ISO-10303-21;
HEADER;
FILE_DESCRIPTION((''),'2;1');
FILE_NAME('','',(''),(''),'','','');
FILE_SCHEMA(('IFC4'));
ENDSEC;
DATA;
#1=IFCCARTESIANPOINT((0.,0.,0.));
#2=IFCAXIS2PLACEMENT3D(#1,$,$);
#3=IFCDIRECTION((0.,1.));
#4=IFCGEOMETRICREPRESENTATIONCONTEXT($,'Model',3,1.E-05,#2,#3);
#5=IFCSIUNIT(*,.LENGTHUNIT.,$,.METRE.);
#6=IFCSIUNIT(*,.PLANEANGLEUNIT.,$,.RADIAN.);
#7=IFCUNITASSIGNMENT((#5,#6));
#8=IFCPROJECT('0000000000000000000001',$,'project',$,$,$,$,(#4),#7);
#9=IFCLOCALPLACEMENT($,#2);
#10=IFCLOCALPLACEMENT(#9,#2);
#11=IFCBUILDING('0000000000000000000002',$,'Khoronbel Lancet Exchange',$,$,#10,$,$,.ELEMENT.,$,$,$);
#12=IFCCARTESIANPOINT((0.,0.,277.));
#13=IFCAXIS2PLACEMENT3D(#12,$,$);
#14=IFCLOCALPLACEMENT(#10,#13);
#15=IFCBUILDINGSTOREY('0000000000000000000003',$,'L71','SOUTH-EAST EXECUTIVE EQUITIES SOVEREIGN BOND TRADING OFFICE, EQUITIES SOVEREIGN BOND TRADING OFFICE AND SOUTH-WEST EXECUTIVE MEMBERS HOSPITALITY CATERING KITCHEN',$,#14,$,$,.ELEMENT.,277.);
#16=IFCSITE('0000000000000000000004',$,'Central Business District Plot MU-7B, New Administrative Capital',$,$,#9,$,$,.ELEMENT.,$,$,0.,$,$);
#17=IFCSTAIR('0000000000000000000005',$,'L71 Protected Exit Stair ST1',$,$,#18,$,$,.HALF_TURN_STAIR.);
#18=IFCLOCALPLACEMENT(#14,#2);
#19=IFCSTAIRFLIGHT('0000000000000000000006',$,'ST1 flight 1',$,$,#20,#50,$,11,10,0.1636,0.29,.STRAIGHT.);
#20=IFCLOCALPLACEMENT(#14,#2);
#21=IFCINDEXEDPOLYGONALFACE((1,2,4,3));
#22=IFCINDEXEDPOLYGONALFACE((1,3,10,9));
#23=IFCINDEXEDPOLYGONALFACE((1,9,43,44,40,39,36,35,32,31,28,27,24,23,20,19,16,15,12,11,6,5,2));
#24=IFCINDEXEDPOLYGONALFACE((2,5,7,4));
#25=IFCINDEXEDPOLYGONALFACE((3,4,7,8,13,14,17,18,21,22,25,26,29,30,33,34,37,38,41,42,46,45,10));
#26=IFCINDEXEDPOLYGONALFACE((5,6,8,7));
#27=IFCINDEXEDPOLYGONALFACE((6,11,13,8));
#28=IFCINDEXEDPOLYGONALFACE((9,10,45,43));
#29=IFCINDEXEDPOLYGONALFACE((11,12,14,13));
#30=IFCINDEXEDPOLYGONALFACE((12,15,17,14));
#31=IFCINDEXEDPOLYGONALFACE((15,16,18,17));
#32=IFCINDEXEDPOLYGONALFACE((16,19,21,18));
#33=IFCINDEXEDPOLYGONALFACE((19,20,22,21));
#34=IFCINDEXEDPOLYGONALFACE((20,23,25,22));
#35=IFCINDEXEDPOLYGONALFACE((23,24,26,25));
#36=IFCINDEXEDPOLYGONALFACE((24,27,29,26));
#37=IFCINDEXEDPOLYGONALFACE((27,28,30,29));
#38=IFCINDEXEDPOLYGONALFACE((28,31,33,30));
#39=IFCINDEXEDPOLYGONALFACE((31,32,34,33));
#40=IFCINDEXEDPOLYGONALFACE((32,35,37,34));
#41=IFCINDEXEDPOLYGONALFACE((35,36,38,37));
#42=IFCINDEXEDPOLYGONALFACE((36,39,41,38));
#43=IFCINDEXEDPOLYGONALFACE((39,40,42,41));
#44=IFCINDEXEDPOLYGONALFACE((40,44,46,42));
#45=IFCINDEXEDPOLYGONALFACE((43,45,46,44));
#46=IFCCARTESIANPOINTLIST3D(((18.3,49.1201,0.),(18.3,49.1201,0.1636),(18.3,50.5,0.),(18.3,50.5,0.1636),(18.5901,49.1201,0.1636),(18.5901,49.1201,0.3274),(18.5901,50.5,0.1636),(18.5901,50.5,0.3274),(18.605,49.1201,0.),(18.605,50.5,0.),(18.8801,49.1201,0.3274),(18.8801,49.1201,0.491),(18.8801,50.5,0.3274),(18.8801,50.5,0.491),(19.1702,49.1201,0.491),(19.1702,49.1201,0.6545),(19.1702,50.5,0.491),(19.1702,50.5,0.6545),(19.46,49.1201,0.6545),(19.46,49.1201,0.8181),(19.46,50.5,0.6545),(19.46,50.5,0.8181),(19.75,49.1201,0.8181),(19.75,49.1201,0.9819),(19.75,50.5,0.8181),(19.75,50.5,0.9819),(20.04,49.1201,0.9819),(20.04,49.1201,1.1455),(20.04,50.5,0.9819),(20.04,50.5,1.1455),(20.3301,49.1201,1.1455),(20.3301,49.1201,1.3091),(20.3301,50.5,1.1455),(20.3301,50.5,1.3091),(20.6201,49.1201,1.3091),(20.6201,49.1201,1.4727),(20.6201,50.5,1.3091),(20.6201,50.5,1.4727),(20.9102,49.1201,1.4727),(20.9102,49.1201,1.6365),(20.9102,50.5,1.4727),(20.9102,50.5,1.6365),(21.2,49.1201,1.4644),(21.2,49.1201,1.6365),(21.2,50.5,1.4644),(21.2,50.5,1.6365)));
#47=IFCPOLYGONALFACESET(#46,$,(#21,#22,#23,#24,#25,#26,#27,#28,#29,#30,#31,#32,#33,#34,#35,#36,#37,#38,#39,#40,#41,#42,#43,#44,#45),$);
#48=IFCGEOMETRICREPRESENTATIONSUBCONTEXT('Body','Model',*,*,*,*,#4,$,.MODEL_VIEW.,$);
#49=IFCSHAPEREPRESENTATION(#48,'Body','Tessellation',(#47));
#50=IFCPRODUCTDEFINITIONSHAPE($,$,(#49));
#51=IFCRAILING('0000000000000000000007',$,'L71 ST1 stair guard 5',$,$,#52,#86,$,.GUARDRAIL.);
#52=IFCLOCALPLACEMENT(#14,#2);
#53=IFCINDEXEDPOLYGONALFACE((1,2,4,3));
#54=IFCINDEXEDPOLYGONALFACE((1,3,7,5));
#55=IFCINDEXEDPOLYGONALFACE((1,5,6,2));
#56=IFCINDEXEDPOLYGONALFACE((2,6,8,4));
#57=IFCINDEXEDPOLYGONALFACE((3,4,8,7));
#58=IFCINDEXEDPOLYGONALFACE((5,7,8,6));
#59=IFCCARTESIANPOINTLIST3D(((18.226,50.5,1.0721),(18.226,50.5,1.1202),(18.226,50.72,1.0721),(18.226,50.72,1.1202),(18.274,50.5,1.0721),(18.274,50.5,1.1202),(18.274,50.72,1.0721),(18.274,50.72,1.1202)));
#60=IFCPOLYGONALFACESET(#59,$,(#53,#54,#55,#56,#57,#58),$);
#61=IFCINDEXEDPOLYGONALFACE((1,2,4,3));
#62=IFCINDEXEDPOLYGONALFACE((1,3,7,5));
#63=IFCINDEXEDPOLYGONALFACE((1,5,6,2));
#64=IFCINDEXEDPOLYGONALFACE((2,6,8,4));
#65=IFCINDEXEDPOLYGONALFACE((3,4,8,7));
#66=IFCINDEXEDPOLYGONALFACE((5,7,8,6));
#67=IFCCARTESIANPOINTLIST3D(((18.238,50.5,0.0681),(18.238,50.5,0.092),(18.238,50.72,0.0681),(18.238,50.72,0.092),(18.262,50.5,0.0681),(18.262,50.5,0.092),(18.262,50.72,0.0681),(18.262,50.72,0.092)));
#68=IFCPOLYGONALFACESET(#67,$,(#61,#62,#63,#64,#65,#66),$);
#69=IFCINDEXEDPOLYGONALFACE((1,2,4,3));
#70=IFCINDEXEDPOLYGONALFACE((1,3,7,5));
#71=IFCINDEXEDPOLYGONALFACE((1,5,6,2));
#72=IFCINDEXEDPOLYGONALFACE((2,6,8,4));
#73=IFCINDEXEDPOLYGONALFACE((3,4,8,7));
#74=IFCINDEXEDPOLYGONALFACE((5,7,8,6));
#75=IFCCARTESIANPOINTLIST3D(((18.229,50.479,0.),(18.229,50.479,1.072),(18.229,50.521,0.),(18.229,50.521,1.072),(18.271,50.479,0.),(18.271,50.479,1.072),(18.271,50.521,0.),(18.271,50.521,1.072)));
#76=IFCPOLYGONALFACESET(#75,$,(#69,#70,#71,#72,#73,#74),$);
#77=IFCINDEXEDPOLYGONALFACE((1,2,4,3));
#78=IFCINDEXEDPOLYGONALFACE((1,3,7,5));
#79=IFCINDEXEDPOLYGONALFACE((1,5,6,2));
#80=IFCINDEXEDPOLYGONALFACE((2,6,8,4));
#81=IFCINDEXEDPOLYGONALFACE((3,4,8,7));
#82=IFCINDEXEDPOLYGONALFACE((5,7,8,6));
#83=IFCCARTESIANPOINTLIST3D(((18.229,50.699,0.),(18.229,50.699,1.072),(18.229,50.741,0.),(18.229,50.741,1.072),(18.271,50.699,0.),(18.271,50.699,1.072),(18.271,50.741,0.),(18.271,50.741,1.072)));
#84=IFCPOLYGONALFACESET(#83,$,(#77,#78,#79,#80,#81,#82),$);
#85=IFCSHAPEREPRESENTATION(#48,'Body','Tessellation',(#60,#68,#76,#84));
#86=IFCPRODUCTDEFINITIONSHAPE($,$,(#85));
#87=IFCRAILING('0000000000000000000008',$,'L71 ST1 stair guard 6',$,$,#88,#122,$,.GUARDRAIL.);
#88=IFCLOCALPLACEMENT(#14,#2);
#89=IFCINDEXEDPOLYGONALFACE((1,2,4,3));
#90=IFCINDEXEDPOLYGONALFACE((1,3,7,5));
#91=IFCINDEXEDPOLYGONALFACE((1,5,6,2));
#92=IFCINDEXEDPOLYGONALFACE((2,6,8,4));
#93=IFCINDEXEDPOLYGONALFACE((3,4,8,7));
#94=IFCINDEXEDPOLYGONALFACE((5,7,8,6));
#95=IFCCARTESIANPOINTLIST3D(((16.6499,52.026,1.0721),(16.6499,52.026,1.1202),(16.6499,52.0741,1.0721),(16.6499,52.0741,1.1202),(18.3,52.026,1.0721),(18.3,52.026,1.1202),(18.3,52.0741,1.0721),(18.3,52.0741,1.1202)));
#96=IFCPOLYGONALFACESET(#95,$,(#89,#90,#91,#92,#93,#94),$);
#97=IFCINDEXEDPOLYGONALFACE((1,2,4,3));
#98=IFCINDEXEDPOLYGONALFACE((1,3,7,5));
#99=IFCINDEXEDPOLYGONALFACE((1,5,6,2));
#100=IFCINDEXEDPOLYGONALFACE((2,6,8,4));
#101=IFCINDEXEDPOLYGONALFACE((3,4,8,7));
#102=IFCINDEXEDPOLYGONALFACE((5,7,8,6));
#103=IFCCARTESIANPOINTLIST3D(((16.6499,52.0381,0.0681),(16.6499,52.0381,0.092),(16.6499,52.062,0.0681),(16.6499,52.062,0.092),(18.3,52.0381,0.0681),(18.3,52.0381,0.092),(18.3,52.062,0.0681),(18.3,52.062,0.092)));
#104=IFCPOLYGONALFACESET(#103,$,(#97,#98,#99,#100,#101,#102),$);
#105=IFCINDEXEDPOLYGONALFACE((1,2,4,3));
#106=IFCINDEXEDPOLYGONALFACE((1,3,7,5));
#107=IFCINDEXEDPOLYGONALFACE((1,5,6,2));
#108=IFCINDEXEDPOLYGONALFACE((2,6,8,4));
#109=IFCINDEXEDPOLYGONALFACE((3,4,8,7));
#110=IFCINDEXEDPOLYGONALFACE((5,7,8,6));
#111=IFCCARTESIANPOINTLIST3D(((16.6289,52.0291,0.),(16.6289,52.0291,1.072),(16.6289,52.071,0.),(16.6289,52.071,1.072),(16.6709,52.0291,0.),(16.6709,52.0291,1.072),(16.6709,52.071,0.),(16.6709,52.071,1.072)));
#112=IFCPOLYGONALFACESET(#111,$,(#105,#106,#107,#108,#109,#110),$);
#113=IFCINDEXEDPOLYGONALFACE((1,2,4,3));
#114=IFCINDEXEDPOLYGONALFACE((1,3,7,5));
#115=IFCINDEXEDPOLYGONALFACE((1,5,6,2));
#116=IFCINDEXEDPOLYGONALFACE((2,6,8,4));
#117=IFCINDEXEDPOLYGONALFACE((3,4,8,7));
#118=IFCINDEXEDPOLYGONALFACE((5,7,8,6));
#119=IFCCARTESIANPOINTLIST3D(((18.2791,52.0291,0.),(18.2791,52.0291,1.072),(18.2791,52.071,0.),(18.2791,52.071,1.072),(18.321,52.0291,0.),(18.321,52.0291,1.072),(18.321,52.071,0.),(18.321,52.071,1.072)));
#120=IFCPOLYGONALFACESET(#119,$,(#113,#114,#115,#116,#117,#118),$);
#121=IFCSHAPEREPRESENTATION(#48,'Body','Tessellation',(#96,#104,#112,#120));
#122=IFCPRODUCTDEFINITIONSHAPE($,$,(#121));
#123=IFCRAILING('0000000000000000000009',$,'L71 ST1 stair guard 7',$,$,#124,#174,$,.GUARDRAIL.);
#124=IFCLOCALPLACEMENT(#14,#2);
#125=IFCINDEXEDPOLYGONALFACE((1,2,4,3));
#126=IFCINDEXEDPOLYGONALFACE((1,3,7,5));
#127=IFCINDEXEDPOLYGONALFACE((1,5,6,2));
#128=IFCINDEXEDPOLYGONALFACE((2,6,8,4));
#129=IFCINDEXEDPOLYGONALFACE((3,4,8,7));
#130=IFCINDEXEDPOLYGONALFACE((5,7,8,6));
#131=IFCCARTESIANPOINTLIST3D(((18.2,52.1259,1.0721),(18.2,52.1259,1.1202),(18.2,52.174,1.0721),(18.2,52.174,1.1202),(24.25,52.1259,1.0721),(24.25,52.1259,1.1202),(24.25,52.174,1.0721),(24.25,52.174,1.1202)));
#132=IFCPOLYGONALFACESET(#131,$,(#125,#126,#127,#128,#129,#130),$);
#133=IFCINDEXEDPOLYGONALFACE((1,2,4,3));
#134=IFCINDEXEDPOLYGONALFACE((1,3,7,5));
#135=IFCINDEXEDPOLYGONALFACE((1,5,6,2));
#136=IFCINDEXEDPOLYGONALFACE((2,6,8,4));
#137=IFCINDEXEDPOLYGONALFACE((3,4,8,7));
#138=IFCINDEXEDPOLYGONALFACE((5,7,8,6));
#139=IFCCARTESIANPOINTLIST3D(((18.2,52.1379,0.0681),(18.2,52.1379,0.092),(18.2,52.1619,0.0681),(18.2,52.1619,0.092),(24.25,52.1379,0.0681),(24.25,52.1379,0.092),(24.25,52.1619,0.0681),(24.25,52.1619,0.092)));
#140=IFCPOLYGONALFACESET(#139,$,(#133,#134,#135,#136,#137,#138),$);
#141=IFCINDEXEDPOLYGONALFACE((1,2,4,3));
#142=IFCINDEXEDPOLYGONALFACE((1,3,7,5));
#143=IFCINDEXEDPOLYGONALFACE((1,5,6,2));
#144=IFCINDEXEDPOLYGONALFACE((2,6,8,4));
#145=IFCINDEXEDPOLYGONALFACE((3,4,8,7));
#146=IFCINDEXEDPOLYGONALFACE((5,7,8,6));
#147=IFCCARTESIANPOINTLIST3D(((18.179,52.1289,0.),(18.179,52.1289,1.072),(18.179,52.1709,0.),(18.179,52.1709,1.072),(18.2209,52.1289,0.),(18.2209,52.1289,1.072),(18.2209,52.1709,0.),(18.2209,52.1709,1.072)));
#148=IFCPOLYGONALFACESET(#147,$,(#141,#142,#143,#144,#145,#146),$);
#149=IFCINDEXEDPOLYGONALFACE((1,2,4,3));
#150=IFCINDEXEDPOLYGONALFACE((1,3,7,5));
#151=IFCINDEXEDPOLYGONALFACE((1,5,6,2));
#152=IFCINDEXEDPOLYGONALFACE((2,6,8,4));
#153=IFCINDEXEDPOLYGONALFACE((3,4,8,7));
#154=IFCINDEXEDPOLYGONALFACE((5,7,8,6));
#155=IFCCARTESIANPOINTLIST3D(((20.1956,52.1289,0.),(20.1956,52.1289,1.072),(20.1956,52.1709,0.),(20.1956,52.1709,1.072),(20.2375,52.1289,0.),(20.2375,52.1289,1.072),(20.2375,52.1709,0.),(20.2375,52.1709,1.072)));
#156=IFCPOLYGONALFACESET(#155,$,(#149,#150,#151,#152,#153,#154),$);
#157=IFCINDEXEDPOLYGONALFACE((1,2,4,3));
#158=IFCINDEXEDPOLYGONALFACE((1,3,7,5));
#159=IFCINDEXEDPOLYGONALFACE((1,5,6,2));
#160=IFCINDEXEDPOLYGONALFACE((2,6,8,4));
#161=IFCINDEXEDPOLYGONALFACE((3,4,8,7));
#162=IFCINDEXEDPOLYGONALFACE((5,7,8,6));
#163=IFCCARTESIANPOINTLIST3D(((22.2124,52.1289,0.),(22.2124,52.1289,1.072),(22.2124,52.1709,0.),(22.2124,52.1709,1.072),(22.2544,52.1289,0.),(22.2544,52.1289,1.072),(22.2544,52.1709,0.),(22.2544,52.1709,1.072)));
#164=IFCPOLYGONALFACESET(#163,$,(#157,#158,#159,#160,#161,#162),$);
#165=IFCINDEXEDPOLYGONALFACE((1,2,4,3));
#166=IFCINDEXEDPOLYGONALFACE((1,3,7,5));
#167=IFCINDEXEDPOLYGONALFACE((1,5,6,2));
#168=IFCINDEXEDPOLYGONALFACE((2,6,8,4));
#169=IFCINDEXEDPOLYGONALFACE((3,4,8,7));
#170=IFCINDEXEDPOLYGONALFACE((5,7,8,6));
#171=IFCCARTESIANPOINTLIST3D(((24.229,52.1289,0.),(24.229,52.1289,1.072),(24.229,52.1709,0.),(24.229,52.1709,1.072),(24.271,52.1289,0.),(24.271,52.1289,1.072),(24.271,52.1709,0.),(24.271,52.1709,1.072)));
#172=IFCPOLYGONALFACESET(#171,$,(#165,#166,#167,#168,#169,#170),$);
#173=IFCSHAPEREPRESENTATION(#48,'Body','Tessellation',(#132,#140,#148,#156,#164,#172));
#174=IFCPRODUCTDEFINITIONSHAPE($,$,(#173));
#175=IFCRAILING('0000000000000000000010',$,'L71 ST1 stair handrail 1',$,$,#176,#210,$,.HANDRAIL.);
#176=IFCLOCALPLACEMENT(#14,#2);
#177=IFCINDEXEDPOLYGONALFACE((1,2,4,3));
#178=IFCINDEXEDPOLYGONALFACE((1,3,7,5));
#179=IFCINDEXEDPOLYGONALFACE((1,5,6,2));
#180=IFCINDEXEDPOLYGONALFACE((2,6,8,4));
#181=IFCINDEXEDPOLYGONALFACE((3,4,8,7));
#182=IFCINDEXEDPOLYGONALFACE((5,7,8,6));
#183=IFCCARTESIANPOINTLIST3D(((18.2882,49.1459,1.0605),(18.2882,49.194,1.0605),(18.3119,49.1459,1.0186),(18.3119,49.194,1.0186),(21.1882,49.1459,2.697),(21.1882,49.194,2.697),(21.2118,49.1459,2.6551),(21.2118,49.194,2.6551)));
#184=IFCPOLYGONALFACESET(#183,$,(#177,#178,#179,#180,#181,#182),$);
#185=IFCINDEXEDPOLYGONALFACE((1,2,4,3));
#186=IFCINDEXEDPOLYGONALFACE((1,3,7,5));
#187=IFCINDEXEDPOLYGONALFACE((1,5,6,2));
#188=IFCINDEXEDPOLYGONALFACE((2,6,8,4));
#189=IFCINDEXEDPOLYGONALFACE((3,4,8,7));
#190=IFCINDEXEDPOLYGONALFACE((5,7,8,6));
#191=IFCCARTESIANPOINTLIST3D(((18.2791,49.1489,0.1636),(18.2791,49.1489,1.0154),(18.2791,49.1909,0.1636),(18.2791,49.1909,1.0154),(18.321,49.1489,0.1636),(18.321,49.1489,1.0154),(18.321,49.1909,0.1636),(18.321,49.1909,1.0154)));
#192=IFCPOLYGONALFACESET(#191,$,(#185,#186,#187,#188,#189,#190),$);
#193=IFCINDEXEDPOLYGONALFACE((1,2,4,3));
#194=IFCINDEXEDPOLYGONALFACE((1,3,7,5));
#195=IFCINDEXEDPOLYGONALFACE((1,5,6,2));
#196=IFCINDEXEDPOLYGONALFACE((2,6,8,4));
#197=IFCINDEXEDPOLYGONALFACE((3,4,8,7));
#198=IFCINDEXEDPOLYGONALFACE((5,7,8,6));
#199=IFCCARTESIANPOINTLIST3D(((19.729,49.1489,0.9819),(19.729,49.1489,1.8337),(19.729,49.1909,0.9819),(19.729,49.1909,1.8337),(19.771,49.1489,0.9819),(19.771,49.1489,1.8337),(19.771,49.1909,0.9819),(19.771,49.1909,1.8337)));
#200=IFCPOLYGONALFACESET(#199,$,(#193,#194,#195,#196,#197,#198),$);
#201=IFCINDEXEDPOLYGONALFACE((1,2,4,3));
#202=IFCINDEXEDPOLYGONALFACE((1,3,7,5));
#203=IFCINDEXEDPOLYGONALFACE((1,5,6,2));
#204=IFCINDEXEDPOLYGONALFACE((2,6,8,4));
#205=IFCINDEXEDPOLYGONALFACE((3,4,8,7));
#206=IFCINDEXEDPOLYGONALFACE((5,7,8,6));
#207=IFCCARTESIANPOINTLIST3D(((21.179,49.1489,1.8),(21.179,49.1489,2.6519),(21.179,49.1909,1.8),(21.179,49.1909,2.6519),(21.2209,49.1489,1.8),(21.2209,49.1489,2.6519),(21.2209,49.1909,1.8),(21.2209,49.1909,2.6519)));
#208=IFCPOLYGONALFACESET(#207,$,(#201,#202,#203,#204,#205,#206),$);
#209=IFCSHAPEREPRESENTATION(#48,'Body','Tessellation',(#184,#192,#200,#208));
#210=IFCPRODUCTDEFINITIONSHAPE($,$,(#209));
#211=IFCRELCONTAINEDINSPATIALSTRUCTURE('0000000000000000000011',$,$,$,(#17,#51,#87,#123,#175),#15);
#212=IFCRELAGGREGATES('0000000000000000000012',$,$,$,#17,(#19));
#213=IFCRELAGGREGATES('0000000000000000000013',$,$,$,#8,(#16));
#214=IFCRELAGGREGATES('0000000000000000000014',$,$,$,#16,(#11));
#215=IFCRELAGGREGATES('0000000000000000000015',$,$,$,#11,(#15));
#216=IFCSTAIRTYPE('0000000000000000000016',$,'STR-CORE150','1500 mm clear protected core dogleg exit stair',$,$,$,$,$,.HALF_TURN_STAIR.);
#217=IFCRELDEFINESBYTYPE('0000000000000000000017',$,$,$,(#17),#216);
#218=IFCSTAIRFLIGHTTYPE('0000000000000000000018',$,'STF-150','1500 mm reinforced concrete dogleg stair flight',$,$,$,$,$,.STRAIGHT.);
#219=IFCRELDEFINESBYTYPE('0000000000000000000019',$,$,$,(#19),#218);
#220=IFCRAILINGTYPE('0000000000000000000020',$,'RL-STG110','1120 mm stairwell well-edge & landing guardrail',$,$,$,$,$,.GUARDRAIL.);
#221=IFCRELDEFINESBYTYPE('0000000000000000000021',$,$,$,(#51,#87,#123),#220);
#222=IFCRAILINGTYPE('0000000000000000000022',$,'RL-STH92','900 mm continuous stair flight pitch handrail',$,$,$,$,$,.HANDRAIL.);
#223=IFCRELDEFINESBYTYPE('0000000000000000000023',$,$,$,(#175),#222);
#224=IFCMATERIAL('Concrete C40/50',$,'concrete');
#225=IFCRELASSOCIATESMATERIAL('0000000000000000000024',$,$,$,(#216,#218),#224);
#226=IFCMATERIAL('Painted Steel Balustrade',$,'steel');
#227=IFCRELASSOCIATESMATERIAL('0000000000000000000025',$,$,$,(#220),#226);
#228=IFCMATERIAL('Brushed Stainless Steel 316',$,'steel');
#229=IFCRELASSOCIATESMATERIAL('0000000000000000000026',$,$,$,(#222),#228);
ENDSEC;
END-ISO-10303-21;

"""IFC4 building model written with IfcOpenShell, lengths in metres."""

from ifc_helpers import new_model, si_unit, direction, frame, origin, origin_2d, place, context, subcontext, project, spatial, polyline, rectangle, outline, extrude, material, type_object, element, aggregate, save


model = new_model("IFC4")

# Units and contexts
model_context = context("Model", 3, precision=1e-05, world=origin(), true_north=direction((0.0, 1.0)))
body_context = subcontext(model_context, "Body", "Model", "MODEL_VIEW")
ifc_project = project(units=[si_unit("LENGTHUNIT", "METRE"), si_unit("PLANEANGLEUNIT", "RADIAN")], contexts=[model_context])

# Site, building, storey
site_placement = place(None, origin())
site = spatial("IfcSite", under=ifc_project, at=site_placement, Name="Central Business District Plot MU-7B, New Administrative Capital", CompositionType="ELEMENT", RefElevation=0.0)
building_placement = place(site_placement, origin())
building = spatial("IfcBuilding", under=site, at=building_placement, Name="Khoronbel Lancet Exchange", CompositionType="ELEMENT")
storey_placement = place(building_placement, frame((0.0, 0.0, 277.0)))
storey = spatial("IfcBuildingStorey", under=building, at=storey_placement, Name="L71", Description="SOUTH-EAST EXECUTIVE EQUITIES SOVEREIGN BOND TRADING OFFICE, EQUITIES SOVEREIGN BOND TRADING OFFICE AND SOUTH-WEST EXECUTIVE MEMBERS HOSPITALITY CATERING KITCHEN", CompositionType="ELEMENT", Elevation=277.0)

# Stair, stair flight
ifc_material_1 = material(Name="Concrete C40/50", Category="concrete")
stair_type = type_object("IfcStairType", Name="STR-CORE150", Description="1500 mm clear protected core dogleg exit stair", PredefinedType="HALF_TURN_STAIR", material=ifc_material_1)
stair_placement = place(storey_placement, origin())
stair = element("IfcStair", 1, at=stair_placement, inside=storey, type_object=stair_type, Name="L71 Protected Exit Stair ST1", PredefinedType="HALF_TURN_STAIR")
stair_flight_type = type_object("IfcStairFlightType", Name="STF-150", Description="1500 mm reinforced concrete dogleg stair flight", PredefinedType="STRAIGHT", material=ifc_material_1)
stair_flight_placement = place(storey_placement, frame((18.3, 49.8101, 0.0), z_axis=(0.0, 0.0, 1.0), x_axis=(1.0, 0.0, 0.0)))
stair_flight = element("IfcStairFlight", 2, at=stair_flight_placement, type_object=stair_flight_type, Name="ST1 flight 1", NumberOfRisers=11, NumberOfTreads=10, PredefinedType="STRAIGHT", RiserHeight=0.1636, TreadLength=0.29, context=body_context, shape_type="SweptSolid", body=[
    extrude(outline(polyline([(0.0, 0.0), (0.0, 0.1636), (0.29, 0.1636), (0.29, 0.3274), (0.5801, 0.3274), (0.5801, 0.491), (0.8701, 0.491), (0.8701, 0.6545), (1.1599, 0.6545), (1.1599, 0.8181), (1.45, 0.8181), (1.45, 0.9819), (1.74, 0.9819), (1.74, 1.1455), (2.03, 1.1455), (2.03, 1.3091), (2.3201, 1.3091), (2.3201, 1.4727), (2.6101, 1.4727), (2.6101, 1.6365), (2.8999, 1.6365), (2.8999, 1.8), (2.8999, 1.4644), (0.3049, 0.0), (0.0, 0.0)])), frame((0.0, 0.6899, 0.0), z_axis=(0.0, -1.0, 0.0), x_axis=(1.0, 0.0, 0.0)), (0.0, 0.0, 1.0), 1.3799),
])
aggregate(stair, [stair_flight])

# Railings
ifc_material_2 = material(Name="Painted Steel Balustrade", Category="steel")
railing_type_1 = type_object("IfcRailingType", Name="RL-STG110", Description="1120 mm stairwell well-edge & landing guardrail", PredefinedType="GUARDRAIL", material=ifc_material_2)
railing_1_placement = place(storey_placement, frame((18.25, 50.5, 0.0)))
element("IfcRailing", 3, at=railing_1_placement, inside=storey, type_object=railing_type_1, Name="L71 ST1 stair guard 5", PredefinedType="GUARDRAIL", context=body_context, shape_type="SweptSolid", body=[
    extrude(rectangle(XDim=0.0481, YDim=0.0481, at=origin_2d()), frame((0.0, 0.0, 1.0962), z_axis=(0.0, 1.0, 0.0), x_axis=(-1.0, 0.0, 0.0)), (0.0, 0.0, 1.0), 0.22),
    extrude(rectangle(XDim=0.0239, YDim=0.0239, at=origin_2d()), frame((0.0, 0.0, 0.0801), z_axis=(0.0, 1.0, 0.0), x_axis=(-1.0, 0.0, 0.0)), (0.0, 0.0, 1.0), 0.22),
    extrude(rectangle(XDim=0.042, YDim=0.042, at=origin_2d()), origin(), (0.0, 0.0, 1.0), 1.072),
    extrude(rectangle(XDim=0.042, YDim=0.042, at=origin_2d()), frame((0.0, 0.22, 0.0)), (0.0, 0.0, 1.0), 1.072),
])
railing_2_placement = place(storey_placement, frame((16.6499, 52.05, 0.0)))
element("IfcRailing", 4, at=railing_2_placement, inside=storey, type_object=railing_type_1, Name="L71 ST1 stair guard 6", PredefinedType="GUARDRAIL", context=body_context, shape_type="SweptSolid", body=[
    extrude(rectangle(XDim=0.0481, YDim=0.0481, at=origin_2d()), frame((0.0, 0.0, 1.0962), z_axis=(1.0, 0.0, 0.0), x_axis=(0.0, 1.0, 0.0)), (0.0, 0.0, 1.0), 1.6501),
    extrude(rectangle(XDim=0.0239, YDim=0.0239, at=origin_2d()), frame((0.0, 0.0, 0.0801), z_axis=(1.0, 0.0, 0.0), x_axis=(0.0, 1.0, 0.0)), (0.0, 0.0, 1.0), 1.6501),
    extrude(rectangle(XDim=0.042, YDim=0.042, at=origin_2d()), origin(), (0.0, 0.0, 1.0), 1.072),
    extrude(rectangle(XDim=0.042, YDim=0.042, at=origin_2d()), frame((1.6501, 0.0, 0.0)), (0.0, 0.0, 1.0), 1.072),
])
railing_3_placement = place(storey_placement, frame((18.2, 52.1499, 0.0)))
element("IfcRailing", 5, at=railing_3_placement, inside=storey, type_object=railing_type_1, Name="L71 ST1 stair guard 7", PredefinedType="GUARDRAIL", context=body_context, shape_type="SweptSolid", body=[
    extrude(rectangle(XDim=0.0481, YDim=0.0481, at=origin_2d()), frame((0.0, 0.0, 1.0962), z_axis=(1.0, 0.0, 0.0), x_axis=(0.0, 1.0, 0.0)), (0.0, 0.0, 1.0), 6.05),
    extrude(rectangle(XDim=0.0239, YDim=0.0239, at=origin_2d()), frame((0.0, 0.0, 0.0801), z_axis=(1.0, 0.0, 0.0), x_axis=(0.0, 1.0, 0.0)), (0.0, 0.0, 1.0), 6.05),
    extrude(rectangle(XDim=0.042, YDim=0.042, at=origin_2d()), origin(), (0.0, 0.0, 1.0), 1.072),
    extrude(rectangle(XDim=0.042, YDim=0.042, at=origin_2d()), frame((2.0166, 0.0, 0.0)), (0.0, 0.0, 1.0), 1.072),
    extrude(rectangle(XDim=0.042, YDim=0.042, at=origin_2d()), frame((4.0334, 0.0, 0.0)), (0.0, 0.0, 1.0), 1.072),
    extrude(rectangle(XDim=0.042, YDim=0.042, at=origin_2d()), frame((6.05, 0.0, 0.0)), (0.0, 0.0, 1.0), 1.072),
])
ifc_material_3 = material(Name="Brushed Stainless Steel 316", Category="steel")
railing_type_2 = type_object("IfcRailingType", Name="RL-STH92", Description="900 mm continuous stair flight pitch handrail", PredefinedType="HANDRAIL", material=ifc_material_3)
railing_4_placement = place(storey_placement, frame((18.3, 49.1699, 0.1636)))
element("IfcRailing", 6, at=railing_4_placement, inside=storey, type_object=railing_type_2, Name="L71 ST1 stair handrail 1", PredefinedType="HANDRAIL", context=body_context, shape_type="SweptSolid", body=[
    extrude(rectangle(XDim=0.0481, YDim=0.0481, at=origin_2d()), frame((0.0, 0.0, 0.876), z_axis=(0.870897, 0.0, 0.491465), x_axis=(0.0, 1.0, 0.0)), (0.0, 0.0, 1.0), 3.3298),
    extrude(rectangle(XDim=0.042, YDim=0.042, at=origin_2d()), origin(), (0.0, 0.0, 1.0), 0.8518),
    extrude(rectangle(XDim=0.042, YDim=0.042, at=origin_2d()), frame((1.45, 0.0, 0.8184)), (0.0, 0.0, 1.0), 0.8518),
    extrude(rectangle(XDim=0.042, YDim=0.042, at=origin_2d()), frame((2.8999, 0.0, 1.6365)), (0.0, 0.0, 1.0), 0.8518),
])

save(model, "model.ifc")
